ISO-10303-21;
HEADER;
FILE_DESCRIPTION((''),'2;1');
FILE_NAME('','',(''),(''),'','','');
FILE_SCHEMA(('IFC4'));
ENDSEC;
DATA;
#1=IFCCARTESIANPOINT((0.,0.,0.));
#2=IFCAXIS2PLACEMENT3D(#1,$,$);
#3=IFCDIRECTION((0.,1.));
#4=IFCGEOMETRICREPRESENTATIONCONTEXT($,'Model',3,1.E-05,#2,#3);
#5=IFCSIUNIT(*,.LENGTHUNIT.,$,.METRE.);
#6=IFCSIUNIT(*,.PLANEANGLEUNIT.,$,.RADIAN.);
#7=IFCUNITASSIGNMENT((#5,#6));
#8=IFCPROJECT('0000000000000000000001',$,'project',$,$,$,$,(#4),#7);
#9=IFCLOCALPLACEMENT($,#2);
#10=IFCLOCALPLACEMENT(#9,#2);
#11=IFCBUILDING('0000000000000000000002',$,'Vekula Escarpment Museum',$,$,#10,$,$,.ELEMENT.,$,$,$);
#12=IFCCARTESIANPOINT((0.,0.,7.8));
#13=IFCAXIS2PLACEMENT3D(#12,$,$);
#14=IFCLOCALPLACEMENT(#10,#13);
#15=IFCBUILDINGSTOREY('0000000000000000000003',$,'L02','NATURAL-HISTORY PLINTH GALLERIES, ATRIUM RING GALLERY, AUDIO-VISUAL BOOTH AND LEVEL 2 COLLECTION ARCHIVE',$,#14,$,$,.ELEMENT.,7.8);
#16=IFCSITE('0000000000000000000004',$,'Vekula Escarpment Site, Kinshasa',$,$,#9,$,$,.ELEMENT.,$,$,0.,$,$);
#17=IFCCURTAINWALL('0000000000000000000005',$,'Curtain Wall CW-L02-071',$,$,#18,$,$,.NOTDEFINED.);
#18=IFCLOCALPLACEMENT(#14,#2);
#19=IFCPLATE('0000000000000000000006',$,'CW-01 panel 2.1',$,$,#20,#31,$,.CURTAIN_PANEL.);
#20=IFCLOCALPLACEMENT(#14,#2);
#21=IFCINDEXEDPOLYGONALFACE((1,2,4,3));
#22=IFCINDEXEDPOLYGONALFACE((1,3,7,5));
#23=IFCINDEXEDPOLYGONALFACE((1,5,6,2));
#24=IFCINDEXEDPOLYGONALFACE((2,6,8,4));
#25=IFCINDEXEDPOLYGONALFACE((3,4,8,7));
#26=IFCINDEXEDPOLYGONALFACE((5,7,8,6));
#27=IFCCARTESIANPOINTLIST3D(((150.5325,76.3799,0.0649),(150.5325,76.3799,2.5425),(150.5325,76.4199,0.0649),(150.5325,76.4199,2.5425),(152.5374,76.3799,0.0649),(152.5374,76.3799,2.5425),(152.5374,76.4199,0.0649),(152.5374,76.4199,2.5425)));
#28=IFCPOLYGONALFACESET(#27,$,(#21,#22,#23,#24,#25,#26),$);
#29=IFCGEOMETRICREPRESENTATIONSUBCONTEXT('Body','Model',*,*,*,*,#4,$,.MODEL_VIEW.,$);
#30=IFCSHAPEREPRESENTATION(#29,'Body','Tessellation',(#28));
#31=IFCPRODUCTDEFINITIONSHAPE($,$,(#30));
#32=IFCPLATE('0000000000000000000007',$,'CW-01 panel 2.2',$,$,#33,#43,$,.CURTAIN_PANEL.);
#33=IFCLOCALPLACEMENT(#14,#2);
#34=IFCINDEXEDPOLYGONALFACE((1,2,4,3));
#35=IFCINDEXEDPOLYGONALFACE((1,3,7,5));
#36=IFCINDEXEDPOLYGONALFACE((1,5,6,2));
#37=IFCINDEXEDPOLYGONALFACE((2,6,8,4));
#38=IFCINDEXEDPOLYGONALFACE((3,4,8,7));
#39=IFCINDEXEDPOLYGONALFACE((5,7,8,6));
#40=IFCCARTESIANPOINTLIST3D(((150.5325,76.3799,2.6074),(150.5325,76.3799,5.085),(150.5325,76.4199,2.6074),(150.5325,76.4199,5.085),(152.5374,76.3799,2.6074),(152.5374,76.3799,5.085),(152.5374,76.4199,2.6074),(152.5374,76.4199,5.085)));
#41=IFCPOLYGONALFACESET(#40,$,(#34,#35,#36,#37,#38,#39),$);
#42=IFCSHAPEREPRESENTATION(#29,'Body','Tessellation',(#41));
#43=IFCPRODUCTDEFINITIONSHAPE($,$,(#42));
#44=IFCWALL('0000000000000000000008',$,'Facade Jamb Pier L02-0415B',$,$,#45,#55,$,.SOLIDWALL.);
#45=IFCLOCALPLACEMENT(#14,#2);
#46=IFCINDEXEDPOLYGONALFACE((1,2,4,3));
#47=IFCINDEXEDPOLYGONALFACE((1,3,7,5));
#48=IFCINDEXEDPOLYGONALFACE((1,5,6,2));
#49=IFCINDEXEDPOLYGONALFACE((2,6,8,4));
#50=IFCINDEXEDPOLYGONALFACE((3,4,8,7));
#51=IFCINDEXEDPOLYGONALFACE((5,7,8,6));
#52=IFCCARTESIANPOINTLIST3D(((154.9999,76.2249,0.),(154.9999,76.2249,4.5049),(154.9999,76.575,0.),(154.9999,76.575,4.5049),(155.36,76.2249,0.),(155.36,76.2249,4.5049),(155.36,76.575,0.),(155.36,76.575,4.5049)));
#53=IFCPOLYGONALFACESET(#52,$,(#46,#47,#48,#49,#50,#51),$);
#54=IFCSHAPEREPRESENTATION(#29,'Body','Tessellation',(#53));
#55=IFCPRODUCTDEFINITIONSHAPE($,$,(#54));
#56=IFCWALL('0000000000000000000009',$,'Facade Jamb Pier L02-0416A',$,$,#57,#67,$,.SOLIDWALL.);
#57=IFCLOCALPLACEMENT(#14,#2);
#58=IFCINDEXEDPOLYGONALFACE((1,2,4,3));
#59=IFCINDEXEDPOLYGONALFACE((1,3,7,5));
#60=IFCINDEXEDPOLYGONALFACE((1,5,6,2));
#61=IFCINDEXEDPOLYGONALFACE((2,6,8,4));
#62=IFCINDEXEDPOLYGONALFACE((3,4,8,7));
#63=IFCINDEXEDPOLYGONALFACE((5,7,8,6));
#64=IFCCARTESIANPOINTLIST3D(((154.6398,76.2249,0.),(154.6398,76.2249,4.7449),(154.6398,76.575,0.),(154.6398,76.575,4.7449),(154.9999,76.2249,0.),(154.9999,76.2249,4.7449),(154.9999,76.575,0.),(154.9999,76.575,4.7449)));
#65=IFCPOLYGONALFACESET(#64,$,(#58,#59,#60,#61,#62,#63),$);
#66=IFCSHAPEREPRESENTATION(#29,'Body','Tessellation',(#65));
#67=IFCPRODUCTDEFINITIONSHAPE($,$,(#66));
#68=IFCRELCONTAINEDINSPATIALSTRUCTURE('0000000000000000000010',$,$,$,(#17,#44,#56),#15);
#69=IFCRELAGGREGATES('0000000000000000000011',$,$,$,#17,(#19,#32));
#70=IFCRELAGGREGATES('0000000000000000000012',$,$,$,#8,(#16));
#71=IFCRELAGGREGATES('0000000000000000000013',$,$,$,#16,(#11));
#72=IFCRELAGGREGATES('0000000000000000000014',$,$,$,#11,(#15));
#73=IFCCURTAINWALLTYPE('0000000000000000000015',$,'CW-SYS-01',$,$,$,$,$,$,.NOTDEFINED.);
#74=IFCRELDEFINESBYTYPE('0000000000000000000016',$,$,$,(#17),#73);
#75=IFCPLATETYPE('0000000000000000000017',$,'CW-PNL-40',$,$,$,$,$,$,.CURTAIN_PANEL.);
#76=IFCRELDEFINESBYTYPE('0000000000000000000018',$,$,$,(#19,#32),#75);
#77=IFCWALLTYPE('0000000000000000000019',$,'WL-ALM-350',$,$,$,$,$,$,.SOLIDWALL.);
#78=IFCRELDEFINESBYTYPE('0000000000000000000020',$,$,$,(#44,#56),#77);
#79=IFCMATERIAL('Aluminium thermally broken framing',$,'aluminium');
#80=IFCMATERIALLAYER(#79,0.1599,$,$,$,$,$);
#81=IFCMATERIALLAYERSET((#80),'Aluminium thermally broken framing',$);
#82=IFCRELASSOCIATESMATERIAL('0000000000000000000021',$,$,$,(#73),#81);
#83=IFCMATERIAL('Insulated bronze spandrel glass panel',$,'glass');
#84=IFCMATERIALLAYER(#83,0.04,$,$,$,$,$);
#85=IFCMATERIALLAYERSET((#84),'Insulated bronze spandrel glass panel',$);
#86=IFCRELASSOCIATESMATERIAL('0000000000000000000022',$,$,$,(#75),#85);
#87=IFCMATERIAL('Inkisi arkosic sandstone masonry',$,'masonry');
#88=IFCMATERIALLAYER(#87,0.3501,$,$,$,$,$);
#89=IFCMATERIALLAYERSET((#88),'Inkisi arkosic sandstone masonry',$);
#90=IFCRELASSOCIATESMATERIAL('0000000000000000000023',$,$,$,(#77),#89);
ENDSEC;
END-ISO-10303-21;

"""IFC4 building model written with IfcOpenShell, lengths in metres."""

from ifc_helpers import new_model, si_unit, direction, frame, frame_2d, origin, origin_2d, place, context, subcontext, project, spatial, rectangle, extrude, material, layer, layer_set, type_object, element, aggregate, save


model = new_model("IFC4")

# Units and contexts
model_context = context("Model", 3, precision=1e-05, world=origin(), true_north=direction((0.0, 1.0)))
body_context = subcontext(model_context, "Body", "Model", "MODEL_VIEW")
ifc_project = project(units=[si_unit("LENGTHUNIT", "METRE"), si_unit("PLANEANGLEUNIT", "RADIAN")], contexts=[model_context])

# Site, building, storey
site_placement = place(None, origin())
site = spatial("IfcSite", under=ifc_project, at=site_placement, Name="Vekula Escarpment Site, Kinshasa", CompositionType="ELEMENT", RefElevation=0.0)
building_placement = place(site_placement, origin())
building = spatial("IfcBuilding", under=site, at=building_placement, Name="Vekula Escarpment Museum", CompositionType="ELEMENT")
storey_placement = place(building_placement, frame((0.0, 0.0, 7.8)))
storey = spatial("IfcBuildingStorey", under=building, at=storey_placement, Name="L02", Description="NATURAL-HISTORY PLINTH GALLERIES, ATRIUM RING GALLERY, AUDIO-VISUAL BOOTH AND LEVEL 2 COLLECTION ARCHIVE", CompositionType="ELEMENT", Elevation=7.8)

# Curtain wall
ifc_material_1 = material(Name="Aluminium thermally broken framing", Category="aluminium")
ifc_layer_1 = layer(ifc_material_1, 0.1599)
ifc_layer_set_1 = layer_set([ifc_layer_1], Name="Aluminium thermally broken framing")
curtain_wall_type_1 = type_object("IfcCurtainWallType", Name="CW-SYS-01", PredefinedType="NOTDEFINED", material=ifc_layer_set_1)
curtain_wall_1_placement = place(storey_placement, origin())
curtain_wall_1 = element("IfcCurtainWall", 1, at=curtain_wall_1_placement, inside=storey, type_object=curtain_wall_type_1, Name="Curtain Wall CW-L02-071", PredefinedType="NOTDEFINED")

# Plates
ifc_material_2 = material(Name="Insulated bronze spandrel glass panel", Category="glass")
ifc_layer_2 = layer(ifc_material_2, 0.04)
ifc_layer_set_2 = layer_set([ifc_layer_2], Name="Insulated bronze spandrel glass panel")
plate_type_1 = type_object("IfcPlateType", Name="CW-PNL-40", PredefinedType="CURTAIN_PANEL", material=ifc_layer_set_2)
plate_1_placement = place(storey_placement, frame((151.5349, 76.3999, 0.0649), z_axis=(0.0, 0.0, 1.0), x_axis=(-1.0, 0.0, 0.0)))
plate_1 = element("IfcPlate", 2, at=plate_1_placement, type_object=plate_type_1, Name="CW-01 panel 2.1", PredefinedType="CURTAIN_PANEL", context=body_context, shape_type="SweptSolid", body=[
    extrude(rectangle(XDim=2.0049, YDim=0.04, at=origin_2d()), origin(), (0.0, 0.0, 1.0), 2.4775),
])
plate_2_placement = place(storey_placement, frame((151.5349, 76.3999, 2.6074), z_axis=(0.0, 0.0, 1.0), x_axis=(-1.0, 0.0, 0.0)))
plate_2 = element("IfcPlate", 3, at=plate_2_placement, type_object=plate_type_1, Name="CW-01 panel 2.2", PredefinedType="CURTAIN_PANEL", context=body_context, shape_type="SweptSolid", body=[
    extrude(rectangle(XDim=2.0049, YDim=0.04, at=origin_2d()), origin(), (0.0, 0.0, 1.0), 2.4775),
])
aggregate(curtain_wall_1, [plate_1, plate_2])

# Walls
ifc_material_3 = material(Name="Inkisi arkosic sandstone masonry", Category="masonry")
ifc_layer_3 = layer(ifc_material_3, 0.3501)
ifc_layer_set_3 = layer_set([ifc_layer_3], Name="Inkisi arkosic sandstone masonry")
wall_type = type_object("IfcWallType", Name="WL-ALM-350", PredefinedType="SOLIDWALL", material=ifc_layer_set_3)
wall_1_placement = place(storey_placement, frame((155.3601, 76.3999, 0.0), z_axis=(0.0, 0.0, 1.0), x_axis=(-1.0, 0.0, 0.0)))
element("IfcWall", 4, at=wall_1_placement, inside=storey, type_object=wall_type, Name="Facade Jamb Pier L02-0415B", PredefinedType="SOLIDWALL", context=body_context, shape_type="SweptSolid", body=[
    extrude(rectangle(XDim=0.3601, YDim=0.3501, at=frame_2d((0.1802, 0.0))), origin(), (0.0, 0.0, 1.0), 4.5049),
])
wall_2_placement = place(storey_placement, frame((155.0, 76.3999, 0.0), z_axis=(0.0, 0.0, 1.0), x_axis=(-1.0, 0.0, 0.0)))
element("IfcWall", 5, at=wall_2_placement, inside=storey, type_object=wall_type, Name="Facade Jamb Pier L02-0416A", PredefinedType="SOLIDWALL", context=body_context, shape_type="SweptSolid", body=[
    extrude(rectangle(XDim=0.3601, YDim=0.3501, at=frame_2d((0.1802, 0.0))), origin(), (0.0, 0.0, 1.0), 4.7449),
])

save(model, "model.ifc")
